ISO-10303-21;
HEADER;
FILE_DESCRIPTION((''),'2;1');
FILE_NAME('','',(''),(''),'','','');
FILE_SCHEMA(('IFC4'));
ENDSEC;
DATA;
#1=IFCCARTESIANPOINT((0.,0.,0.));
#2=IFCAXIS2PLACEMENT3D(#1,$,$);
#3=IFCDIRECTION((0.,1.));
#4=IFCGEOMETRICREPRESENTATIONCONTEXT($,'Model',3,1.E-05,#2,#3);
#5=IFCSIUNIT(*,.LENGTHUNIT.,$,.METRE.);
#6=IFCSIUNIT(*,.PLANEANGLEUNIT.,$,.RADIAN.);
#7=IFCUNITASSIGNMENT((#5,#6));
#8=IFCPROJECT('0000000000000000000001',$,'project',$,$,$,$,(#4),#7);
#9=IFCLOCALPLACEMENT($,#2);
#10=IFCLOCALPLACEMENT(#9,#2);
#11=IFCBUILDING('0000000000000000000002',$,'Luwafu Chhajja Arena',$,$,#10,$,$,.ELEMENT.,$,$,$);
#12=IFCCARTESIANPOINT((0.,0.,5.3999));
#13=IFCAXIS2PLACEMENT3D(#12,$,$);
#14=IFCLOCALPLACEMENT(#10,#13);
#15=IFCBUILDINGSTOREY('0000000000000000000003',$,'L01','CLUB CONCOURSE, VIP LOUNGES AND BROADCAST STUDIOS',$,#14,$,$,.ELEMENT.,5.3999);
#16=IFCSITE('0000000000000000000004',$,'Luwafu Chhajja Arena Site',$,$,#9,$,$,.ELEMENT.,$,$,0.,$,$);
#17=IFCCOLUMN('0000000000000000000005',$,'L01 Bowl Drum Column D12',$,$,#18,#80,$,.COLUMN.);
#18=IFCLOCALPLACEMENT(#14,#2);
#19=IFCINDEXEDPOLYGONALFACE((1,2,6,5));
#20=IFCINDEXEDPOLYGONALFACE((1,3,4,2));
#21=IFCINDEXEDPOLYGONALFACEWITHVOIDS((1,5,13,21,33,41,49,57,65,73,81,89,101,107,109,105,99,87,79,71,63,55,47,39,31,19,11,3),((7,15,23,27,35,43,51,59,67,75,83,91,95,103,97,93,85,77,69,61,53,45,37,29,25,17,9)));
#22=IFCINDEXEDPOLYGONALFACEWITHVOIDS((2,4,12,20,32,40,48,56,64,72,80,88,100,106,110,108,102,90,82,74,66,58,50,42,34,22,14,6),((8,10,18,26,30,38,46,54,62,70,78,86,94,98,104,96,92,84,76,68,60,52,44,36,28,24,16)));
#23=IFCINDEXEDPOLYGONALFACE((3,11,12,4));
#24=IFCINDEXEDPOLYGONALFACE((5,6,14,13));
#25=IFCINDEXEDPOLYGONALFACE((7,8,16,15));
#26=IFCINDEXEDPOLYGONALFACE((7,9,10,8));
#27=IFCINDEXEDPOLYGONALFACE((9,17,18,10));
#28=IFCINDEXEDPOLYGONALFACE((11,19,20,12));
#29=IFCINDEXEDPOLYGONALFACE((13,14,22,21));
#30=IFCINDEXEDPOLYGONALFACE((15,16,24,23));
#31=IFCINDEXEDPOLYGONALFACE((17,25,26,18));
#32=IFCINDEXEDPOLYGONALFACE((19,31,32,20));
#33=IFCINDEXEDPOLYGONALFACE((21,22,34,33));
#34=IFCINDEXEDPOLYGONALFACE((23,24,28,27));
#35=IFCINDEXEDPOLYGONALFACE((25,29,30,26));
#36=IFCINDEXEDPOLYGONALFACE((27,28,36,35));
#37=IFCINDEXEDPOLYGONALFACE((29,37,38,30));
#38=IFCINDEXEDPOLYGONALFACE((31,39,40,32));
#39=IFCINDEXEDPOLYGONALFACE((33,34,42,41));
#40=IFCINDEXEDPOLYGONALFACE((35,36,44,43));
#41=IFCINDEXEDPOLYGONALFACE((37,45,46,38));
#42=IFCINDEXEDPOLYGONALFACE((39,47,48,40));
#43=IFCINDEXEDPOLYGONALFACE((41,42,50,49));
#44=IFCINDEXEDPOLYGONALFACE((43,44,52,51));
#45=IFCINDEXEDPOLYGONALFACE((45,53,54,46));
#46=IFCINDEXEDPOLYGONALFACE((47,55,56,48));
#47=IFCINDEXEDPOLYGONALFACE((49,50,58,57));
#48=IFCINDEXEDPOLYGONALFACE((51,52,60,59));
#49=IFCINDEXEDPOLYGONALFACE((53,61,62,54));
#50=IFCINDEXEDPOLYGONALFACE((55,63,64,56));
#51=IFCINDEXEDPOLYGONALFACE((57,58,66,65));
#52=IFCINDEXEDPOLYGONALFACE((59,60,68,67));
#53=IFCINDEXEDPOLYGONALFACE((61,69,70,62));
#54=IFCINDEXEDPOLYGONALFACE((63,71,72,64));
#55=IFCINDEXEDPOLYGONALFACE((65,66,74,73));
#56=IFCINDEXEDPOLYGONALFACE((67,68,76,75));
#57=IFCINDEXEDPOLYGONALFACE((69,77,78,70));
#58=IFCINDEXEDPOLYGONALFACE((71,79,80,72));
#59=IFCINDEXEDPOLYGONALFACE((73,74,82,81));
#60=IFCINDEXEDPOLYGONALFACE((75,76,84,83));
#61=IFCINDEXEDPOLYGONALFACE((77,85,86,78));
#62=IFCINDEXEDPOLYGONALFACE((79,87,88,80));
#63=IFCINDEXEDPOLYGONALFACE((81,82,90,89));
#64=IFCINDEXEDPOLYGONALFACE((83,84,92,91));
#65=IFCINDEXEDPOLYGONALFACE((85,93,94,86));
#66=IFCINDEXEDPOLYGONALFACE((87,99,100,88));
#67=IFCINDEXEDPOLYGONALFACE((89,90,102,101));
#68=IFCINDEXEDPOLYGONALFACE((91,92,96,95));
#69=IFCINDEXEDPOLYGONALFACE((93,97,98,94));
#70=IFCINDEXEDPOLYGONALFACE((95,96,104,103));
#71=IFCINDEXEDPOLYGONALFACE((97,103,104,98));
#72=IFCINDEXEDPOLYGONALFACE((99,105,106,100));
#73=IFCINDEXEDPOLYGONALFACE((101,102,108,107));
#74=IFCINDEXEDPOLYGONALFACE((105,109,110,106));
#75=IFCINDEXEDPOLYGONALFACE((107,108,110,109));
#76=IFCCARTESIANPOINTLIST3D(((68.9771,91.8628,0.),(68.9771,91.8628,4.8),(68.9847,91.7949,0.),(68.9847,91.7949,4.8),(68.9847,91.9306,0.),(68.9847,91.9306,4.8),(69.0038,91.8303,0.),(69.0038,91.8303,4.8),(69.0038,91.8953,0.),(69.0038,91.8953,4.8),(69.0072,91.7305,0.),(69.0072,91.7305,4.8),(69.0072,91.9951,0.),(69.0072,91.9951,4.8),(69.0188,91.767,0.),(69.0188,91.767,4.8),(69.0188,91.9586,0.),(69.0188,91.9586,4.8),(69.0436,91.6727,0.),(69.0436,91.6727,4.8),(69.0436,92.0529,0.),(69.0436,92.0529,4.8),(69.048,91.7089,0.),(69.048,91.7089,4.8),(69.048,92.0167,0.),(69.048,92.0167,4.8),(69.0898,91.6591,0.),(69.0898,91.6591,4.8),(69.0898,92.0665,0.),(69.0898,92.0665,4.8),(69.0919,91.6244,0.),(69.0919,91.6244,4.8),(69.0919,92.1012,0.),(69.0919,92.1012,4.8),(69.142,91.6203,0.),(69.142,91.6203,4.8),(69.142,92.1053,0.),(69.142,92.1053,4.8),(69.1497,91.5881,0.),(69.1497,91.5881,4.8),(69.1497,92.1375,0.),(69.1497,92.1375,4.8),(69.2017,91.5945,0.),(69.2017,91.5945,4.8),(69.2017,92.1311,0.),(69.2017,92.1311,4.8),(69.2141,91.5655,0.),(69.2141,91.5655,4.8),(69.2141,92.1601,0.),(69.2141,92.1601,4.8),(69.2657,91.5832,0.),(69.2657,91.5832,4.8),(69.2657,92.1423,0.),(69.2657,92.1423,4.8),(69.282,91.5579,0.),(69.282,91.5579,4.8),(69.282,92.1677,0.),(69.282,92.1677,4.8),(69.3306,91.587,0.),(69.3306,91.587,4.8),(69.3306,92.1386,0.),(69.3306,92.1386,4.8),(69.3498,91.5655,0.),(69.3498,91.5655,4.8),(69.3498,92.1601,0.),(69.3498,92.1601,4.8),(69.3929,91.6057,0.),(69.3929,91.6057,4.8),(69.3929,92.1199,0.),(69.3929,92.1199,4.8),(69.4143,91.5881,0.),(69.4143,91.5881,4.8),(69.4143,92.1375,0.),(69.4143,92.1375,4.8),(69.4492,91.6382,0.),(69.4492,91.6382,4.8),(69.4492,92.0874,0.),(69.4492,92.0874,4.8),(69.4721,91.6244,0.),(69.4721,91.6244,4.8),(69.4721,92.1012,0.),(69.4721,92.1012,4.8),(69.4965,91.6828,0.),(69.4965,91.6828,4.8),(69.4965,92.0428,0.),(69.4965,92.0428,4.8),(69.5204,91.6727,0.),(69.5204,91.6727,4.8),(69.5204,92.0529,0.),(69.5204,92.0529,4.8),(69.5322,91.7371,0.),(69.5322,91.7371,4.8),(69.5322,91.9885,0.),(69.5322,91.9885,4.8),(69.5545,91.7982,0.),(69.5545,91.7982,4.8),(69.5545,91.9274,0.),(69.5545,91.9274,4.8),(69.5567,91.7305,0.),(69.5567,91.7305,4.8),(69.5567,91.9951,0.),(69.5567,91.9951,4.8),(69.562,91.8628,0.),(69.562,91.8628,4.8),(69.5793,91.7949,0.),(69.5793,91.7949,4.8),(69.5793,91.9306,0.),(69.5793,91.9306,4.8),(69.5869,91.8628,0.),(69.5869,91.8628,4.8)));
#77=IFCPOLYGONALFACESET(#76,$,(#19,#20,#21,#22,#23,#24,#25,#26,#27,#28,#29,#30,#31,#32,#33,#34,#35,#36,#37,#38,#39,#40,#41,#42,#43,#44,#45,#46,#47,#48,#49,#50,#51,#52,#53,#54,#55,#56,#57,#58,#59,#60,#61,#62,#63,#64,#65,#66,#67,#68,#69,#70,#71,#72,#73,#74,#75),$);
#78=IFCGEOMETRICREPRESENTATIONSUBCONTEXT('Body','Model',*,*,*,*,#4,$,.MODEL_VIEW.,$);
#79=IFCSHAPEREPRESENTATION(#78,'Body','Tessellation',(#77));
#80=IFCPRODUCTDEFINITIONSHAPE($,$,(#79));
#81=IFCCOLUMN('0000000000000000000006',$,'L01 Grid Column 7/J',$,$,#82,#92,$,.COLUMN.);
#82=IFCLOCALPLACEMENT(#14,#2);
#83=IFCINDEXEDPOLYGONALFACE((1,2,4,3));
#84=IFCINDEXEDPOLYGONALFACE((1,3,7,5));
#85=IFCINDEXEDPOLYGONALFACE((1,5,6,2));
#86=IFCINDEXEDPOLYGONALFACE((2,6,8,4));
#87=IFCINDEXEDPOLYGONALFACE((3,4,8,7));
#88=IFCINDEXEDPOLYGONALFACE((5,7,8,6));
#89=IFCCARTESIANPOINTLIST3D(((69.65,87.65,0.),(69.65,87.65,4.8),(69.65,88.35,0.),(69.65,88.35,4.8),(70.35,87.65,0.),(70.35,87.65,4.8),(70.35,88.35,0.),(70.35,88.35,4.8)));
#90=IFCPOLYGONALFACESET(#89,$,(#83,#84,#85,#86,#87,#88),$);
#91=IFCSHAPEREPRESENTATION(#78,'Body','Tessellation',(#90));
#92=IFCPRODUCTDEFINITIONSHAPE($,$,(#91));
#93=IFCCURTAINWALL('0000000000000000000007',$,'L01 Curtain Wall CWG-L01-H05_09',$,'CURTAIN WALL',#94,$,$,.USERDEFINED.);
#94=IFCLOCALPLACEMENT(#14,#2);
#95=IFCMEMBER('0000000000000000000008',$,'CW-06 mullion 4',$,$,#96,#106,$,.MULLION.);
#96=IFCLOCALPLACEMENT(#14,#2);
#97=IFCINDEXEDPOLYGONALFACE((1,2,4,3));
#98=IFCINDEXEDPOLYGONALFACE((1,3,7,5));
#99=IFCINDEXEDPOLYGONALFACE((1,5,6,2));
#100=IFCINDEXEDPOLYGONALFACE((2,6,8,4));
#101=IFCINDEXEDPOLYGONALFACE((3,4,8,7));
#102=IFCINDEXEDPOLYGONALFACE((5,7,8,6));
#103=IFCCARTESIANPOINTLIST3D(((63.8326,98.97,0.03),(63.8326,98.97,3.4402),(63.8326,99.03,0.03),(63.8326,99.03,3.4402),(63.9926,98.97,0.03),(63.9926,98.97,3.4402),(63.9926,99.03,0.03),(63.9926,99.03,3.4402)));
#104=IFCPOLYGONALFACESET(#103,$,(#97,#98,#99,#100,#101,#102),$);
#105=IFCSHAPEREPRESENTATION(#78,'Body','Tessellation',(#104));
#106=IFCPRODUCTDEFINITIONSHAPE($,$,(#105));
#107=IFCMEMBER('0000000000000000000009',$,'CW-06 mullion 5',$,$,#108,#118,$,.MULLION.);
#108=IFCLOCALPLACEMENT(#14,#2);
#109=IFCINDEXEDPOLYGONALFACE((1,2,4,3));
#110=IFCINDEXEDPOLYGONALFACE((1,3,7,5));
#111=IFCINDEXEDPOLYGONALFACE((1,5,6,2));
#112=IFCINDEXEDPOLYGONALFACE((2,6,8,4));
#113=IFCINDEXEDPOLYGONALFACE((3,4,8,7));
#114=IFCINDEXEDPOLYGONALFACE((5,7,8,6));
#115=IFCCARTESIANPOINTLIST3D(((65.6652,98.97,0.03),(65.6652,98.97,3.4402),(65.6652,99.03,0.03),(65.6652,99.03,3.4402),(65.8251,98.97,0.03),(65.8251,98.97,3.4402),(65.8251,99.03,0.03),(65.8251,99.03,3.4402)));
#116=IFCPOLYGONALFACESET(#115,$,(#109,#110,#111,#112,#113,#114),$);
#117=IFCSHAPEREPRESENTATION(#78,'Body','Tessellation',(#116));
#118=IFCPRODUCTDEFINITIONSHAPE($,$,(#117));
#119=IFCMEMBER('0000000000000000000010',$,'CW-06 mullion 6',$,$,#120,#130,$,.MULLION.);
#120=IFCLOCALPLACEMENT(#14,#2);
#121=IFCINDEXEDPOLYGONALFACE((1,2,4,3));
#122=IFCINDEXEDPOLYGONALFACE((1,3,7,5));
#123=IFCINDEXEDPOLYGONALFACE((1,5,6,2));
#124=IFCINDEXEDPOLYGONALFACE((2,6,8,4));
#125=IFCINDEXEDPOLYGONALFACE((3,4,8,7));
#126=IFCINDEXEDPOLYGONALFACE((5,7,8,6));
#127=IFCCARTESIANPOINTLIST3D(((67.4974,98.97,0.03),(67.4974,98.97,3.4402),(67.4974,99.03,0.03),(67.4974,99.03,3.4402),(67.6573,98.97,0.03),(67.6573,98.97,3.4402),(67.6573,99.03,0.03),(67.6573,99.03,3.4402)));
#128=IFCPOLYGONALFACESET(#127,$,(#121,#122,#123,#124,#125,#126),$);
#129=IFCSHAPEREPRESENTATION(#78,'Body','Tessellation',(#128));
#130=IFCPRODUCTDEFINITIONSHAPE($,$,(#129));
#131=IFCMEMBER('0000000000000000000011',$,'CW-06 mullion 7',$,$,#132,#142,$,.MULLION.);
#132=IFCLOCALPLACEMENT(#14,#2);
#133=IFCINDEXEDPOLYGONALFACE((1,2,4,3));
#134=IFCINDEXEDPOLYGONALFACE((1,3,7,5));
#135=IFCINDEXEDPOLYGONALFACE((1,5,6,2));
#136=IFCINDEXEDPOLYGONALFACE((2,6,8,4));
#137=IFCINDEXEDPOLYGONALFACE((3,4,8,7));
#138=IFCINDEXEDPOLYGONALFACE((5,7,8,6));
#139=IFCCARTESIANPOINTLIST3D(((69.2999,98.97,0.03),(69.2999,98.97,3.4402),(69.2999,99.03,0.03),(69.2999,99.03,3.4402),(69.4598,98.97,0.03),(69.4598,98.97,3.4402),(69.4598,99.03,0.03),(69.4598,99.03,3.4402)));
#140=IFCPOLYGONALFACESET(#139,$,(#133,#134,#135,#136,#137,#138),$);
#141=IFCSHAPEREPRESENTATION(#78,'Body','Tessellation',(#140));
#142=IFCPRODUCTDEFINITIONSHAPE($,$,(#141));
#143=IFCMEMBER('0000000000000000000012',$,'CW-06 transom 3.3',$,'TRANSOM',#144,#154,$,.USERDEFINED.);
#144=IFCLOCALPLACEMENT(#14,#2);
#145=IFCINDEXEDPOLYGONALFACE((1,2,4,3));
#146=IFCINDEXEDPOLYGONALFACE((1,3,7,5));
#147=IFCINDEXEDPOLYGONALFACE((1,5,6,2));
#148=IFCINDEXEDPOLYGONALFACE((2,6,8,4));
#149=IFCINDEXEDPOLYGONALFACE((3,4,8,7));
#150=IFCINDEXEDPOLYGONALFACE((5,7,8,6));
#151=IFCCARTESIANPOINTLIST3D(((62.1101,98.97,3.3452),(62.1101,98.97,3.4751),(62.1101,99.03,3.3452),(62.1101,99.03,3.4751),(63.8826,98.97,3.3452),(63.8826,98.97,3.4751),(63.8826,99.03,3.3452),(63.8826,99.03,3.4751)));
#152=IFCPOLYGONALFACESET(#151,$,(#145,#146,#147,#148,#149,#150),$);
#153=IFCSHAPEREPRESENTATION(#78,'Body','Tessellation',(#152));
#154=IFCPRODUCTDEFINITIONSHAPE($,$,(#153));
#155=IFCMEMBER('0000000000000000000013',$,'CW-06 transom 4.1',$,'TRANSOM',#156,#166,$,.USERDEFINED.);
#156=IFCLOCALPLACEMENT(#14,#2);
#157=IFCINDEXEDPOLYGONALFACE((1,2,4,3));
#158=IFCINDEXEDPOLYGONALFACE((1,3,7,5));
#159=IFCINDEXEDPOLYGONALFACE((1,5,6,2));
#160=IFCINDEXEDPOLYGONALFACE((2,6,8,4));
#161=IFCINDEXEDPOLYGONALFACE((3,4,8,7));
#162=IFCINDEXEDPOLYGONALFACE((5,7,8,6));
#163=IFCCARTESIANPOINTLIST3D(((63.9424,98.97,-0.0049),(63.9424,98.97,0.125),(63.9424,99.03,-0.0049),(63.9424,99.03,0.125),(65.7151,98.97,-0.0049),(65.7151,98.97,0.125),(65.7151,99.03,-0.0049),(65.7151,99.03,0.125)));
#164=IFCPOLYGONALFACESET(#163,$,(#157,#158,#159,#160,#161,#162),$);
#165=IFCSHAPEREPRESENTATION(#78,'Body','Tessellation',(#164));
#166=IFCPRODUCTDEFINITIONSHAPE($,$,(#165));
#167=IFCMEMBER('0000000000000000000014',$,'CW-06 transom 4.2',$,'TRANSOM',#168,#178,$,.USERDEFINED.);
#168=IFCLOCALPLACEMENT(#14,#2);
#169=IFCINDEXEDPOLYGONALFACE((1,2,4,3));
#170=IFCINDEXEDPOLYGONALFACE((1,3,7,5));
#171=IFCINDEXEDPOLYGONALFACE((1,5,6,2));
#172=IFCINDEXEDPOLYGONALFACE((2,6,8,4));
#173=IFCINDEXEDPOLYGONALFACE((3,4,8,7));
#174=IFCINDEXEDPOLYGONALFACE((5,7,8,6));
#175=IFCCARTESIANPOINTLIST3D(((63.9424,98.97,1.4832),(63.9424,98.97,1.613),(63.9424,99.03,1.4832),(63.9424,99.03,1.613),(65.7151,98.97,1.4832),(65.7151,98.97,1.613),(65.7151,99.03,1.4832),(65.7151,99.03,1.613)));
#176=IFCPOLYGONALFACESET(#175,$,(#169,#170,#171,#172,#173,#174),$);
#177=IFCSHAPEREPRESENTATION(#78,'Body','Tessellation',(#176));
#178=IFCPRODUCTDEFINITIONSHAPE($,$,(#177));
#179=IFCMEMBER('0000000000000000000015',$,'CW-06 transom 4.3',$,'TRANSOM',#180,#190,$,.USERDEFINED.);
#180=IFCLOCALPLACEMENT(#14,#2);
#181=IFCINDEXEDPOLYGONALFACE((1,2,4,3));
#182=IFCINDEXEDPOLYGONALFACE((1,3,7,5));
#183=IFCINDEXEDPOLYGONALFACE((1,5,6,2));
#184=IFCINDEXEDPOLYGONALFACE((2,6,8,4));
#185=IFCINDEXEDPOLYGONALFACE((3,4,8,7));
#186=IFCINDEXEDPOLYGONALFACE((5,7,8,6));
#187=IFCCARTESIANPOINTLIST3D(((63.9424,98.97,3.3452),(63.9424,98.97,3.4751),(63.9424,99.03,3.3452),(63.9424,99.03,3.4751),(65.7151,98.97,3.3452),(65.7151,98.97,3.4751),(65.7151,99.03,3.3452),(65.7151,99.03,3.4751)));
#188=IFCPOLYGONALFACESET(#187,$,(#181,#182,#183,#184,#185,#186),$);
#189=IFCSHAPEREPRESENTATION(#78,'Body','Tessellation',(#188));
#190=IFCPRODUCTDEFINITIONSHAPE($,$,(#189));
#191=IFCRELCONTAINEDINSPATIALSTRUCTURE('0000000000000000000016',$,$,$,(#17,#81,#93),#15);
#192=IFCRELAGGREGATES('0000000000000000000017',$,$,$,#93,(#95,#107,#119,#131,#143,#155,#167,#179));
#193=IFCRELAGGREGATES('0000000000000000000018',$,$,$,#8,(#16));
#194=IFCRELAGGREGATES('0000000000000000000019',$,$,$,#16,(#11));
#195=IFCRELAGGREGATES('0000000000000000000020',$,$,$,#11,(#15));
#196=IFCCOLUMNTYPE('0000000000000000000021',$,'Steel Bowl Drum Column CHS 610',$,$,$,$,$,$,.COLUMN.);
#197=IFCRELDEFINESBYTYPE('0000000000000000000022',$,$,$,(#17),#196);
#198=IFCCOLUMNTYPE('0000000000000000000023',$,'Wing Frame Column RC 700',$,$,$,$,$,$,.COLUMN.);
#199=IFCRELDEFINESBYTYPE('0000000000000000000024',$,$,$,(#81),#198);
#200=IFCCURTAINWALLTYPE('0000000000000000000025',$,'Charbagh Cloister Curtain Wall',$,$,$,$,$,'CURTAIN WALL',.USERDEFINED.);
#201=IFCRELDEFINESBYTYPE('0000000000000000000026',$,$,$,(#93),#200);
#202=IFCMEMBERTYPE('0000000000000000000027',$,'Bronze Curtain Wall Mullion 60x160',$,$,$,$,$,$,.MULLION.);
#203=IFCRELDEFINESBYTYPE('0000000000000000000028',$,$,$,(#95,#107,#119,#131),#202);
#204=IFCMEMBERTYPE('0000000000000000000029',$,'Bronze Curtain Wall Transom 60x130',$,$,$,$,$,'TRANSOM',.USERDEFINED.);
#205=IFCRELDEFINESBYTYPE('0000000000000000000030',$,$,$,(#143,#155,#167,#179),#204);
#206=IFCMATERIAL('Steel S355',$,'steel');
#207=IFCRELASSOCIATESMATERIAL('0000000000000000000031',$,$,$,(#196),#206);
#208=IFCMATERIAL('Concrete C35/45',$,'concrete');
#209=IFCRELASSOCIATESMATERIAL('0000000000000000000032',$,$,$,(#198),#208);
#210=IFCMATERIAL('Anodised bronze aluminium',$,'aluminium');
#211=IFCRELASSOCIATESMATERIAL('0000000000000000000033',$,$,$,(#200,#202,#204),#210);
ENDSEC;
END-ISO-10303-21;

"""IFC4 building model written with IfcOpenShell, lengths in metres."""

from ifc_helpers import new_model, si_unit, direction, frame, origin, origin_2d, place, context, subcontext, project, spatial, rectangle, hollow_circle, extrude, material, material_profile, profile_set, type_object, element, aggregate, save


model = new_model("IFC4")

# Units and contexts
model_context = context("Model", 3, precision=1e-05, world=origin(), true_north=direction((0.0, 1.0)))
body_context = subcontext(model_context, "Body", "Model", "MODEL_VIEW")
ifc_project = project(units=[si_unit("LENGTHUNIT", "METRE"), si_unit("PLANEANGLEUNIT", "RADIAN")], contexts=[model_context])

# Site, building, storey
site_placement = place(None, origin())
site = spatial("IfcSite", under=ifc_project, at=site_placement, Name="Luwafu Chhajja Arena Site", CompositionType="ELEMENT", RefElevation=0.0)
building_placement = place(site_placement, origin())
building = spatial("IfcBuilding", under=site, at=building_placement, Name="Luwafu Chhajja Arena", CompositionType="ELEMENT")
storey_placement = place(building_placement, frame((0.0, 0.0, 5.3999)))
storey = spatial("IfcBuildingStorey", under=building, at=storey_placement, Name="L01", Description="CLUB CONCOURSE, VIP LOUNGES AND BROADCAST STUDIOS", CompositionType="ELEMENT", Elevation=5.3999)

# Columns
ifc_material_1 = material(Name="Steel S355", Category="steel")
ifc_material_profile_1 = material_profile(ifc_material_1, hollow_circle(Radius=0.3049, WallThickness=0.0249, at=origin_2d()), Name="CHS 610x25")
ifc_profile_set_1 = profile_set([ifc_material_profile_1], Name="Steel S355")
column_type_1 = type_object("IfcColumnType", Name="Steel Bowl Drum Column CHS 610", PredefinedType="COLUMN", material=ifc_profile_set_1)
column_1_placement = place(storey_placement, frame((69.282, 91.8628, 0.0), z_axis=(0.0, 0.0, 1.0), x_axis=(1.0, 0.0, 0.0)))
element("IfcColumn", 1, at=column_1_placement, inside=storey, type_object=column_type_1, Name="L01 Bowl Drum Column D12", PredefinedType="COLUMN", context=body_context, shape_type="SweptSolid", body=[
    extrude(hollow_circle(Radius=0.3049, WallThickness=0.0249, at=origin_2d()), origin(), (0.0, 0.0, 1.0), 4.8),
])
ifc_material_2 = material(Name="Concrete C35/45", Category="concrete")
ifc_material_profile_2 = material_profile(ifc_material_2, rectangle(XDim=0.7, YDim=0.7, at=origin_2d()), Name="RC 700x700")
ifc_profile_set_2 = profile_set([ifc_material_profile_2], Name="Concrete C35/45")
column_type_2 = type_object("IfcColumnType", Name="Wing Frame Column RC 700", PredefinedType="COLUMN", material=ifc_profile_set_2)
column_2_placement = place(storey_placement, frame((70.0, 88.0, 0.0), z_axis=(0.0, 0.0, 1.0), x_axis=(1.0, 0.0, 0.0)))
element("IfcColumn", 2, at=column_2_placement, inside=storey, type_object=column_type_2, Name="L01 Grid Column 7/J", PredefinedType="COLUMN", context=body_context, shape_type="SweptSolid", body=[
    extrude(rectangle(XDim=0.7, YDim=0.7, at=origin_2d()), origin(), (0.0, 0.0, 1.0), 4.8),
])

# Curtain wall, members
ifc_material_3 = material(Name="Anodised bronze aluminium", Category="aluminium")
curtain_wall_type = type_object("IfcCurtainWallType", Name="Charbagh Cloister Curtain Wall", ElementType="CURTAIN WALL", PredefinedType="USERDEFINED", material=ifc_material_3)
curtain_wall_placement = place(storey_placement, origin())
curtain_wall = element("IfcCurtainWall", 3, at=curtain_wall_placement, inside=storey, type_object=curtain_wall_type, Name="L01 Curtain Wall CWG-L01-H05_09", ObjectType="CURTAIN WALL", PredefinedType="USERDEFINED")
ifc_material_profile_3 = material_profile(ifc_material_3, rectangle(XDim=0.0601, YDim=0.1599, at=origin_2d()), Name="CWM 60x160")
ifc_profile_set_3 = profile_set([ifc_material_profile_3], Name="Anodised bronze aluminium")
member_type_1 = type_object("IfcMemberType", Name="Bronze Curtain Wall Mullion 60x160", PredefinedType="MULLION", material=ifc_profile_set_3)
member_1_placement = place(storey_placement, frame((63.9126, 99.0, 0.03), z_axis=(0.0, 0.0, 1.0), x_axis=(0.0, 1.0, 0.0)))
member_1 = element("IfcMember", 4, at=member_1_placement, type_object=member_type_1, Name="CW-06 mullion 4", PredefinedType="MULLION", context=body_context, shape_type="SweptSolid", body=[
    extrude(rectangle(XDim=0.0601, YDim=0.1599, at=origin_2d()), origin(), (0.0, 0.0, 1.0), 3.4102),
])
member_2_placement = place(storey_placement, frame((65.7451, 99.0, 0.03), z_axis=(0.0, 0.0, 1.0), x_axis=(0.0, 1.0, 0.0)))
member_2 = element("IfcMember", 5, at=member_2_placement, type_object=member_type_1, Name="CW-06 mullion 5", PredefinedType="MULLION", context=body_context, shape_type="SweptSolid", body=[
    extrude(rectangle(XDim=0.0601, YDim=0.1599, at=origin_2d()), origin(), (0.0, 0.0, 1.0), 3.4102),
])
member_3_placement = place(storey_placement, frame((67.5774, 99.0, 0.03), z_axis=(0.0, 0.0, 1.0), x_axis=(0.0, 1.0, 0.0)))
member_3 = element("IfcMember", 6, at=member_3_placement, type_object=member_type_1, Name="CW-06 mullion 6", PredefinedType="MULLION", context=body_context, shape_type="SweptSolid", body=[
    extrude(rectangle(XDim=0.0601, YDim=0.1599, at=origin_2d()), origin(), (0.0, 0.0, 1.0), 3.4102),
])
member_4_placement = place(storey_placement, frame((69.3799, 99.0, 0.03), z_axis=(0.0, 0.0, 1.0), x_axis=(0.0, 1.0, 0.0)))
member_4 = element("IfcMember", 7, at=member_4_placement, type_object=member_type_1, Name="CW-06 mullion 7", PredefinedType="MULLION", context=body_context, shape_type="SweptSolid", body=[
    extrude(rectangle(XDim=0.0601, YDim=0.1599, at=origin_2d()), origin(), (0.0, 0.0, 1.0), 3.4102),
])
ifc_material_profile_4 = material_profile(ifc_material_3, rectangle(XDim=0.0601, YDim=0.1299, at=origin_2d()), Name="CWT 60x130")
ifc_profile_set_4 = profile_set([ifc_material_profile_4], Name="Anodised bronze aluminium")
member_type_2 = type_object("IfcMemberType", Name="Bronze Curtain Wall Transom 60x130", ElementType="TRANSOM", PredefinedType="USERDEFINED", material=ifc_profile_set_4)
member_5_placement = place(storey_placement, frame((62.1101, 99.0, 3.4102), z_axis=(1.0, 0.0, 0.0), x_axis=(0.0, 1.0, 0.0)))
member_5 = element("IfcMember", 8, at=member_5_placement, type_object=member_type_2, Name="CW-06 transom 3.3", ObjectType="TRANSOM", PredefinedType="USERDEFINED", context=body_context, shape_type="SweptSolid", body=[
    extrude(rectangle(XDim=0.0601, YDim=0.1299, at=origin_2d()), origin(), (0.0, 0.0, 1.0), 1.7725),
])
member_6_placement = place(storey_placement, frame((63.9424, 99.0, 0.0601), z_axis=(1.0, 0.0, 0.0), x_axis=(0.0, 1.0, 0.0)))
member_6 = element("IfcMember", 9, at=member_6_placement, type_object=member_type_2, Name="CW-06 transom 4.1", ObjectType="TRANSOM", PredefinedType="USERDEFINED", context=body_context, shape_type="SweptSolid", body=[
    extrude(rectangle(XDim=0.0601, YDim=0.1299, at=origin_2d()), origin(), (0.0, 0.0, 1.0), 1.7727),
])
member_7_placement = place(storey_placement, frame((63.9424, 99.0, 1.5481), z_axis=(1.0, 0.0, 0.0), x_axis=(0.0, 1.0, 0.0)))
member_7 = element("IfcMember", 10, at=member_7_placement, type_object=member_type_2, Name="CW-06 transom 4.2", ObjectType="TRANSOM", PredefinedType="USERDEFINED", context=body_context, shape_type="SweptSolid", body=[
    extrude(rectangle(XDim=0.0601, YDim=0.1299, at=origin_2d()), origin(), (0.0, 0.0, 1.0), 1.7727),
])
member_8_placement = place(storey_placement, frame((63.9424, 99.0, 3.4102), z_axis=(1.0, 0.0, 0.0), x_axis=(0.0, 1.0, 0.0)))
member_8 = element("IfcMember", 11, at=member_8_placement, type_object=member_type_2, Name="CW-06 transom 4.3", ObjectType="TRANSOM", PredefinedType="USERDEFINED", context=body_context, shape_type="SweptSolid", body=[
    extrude(rectangle(XDim=0.0601, YDim=0.1299, at=origin_2d()), origin(), (0.0, 0.0, 1.0), 1.7727),
])

aggregate(curtain_wall, [member_1, member_2, member_3, member_4, member_5, member_6, member_7, member_8])

save(model, "model.ifc")
